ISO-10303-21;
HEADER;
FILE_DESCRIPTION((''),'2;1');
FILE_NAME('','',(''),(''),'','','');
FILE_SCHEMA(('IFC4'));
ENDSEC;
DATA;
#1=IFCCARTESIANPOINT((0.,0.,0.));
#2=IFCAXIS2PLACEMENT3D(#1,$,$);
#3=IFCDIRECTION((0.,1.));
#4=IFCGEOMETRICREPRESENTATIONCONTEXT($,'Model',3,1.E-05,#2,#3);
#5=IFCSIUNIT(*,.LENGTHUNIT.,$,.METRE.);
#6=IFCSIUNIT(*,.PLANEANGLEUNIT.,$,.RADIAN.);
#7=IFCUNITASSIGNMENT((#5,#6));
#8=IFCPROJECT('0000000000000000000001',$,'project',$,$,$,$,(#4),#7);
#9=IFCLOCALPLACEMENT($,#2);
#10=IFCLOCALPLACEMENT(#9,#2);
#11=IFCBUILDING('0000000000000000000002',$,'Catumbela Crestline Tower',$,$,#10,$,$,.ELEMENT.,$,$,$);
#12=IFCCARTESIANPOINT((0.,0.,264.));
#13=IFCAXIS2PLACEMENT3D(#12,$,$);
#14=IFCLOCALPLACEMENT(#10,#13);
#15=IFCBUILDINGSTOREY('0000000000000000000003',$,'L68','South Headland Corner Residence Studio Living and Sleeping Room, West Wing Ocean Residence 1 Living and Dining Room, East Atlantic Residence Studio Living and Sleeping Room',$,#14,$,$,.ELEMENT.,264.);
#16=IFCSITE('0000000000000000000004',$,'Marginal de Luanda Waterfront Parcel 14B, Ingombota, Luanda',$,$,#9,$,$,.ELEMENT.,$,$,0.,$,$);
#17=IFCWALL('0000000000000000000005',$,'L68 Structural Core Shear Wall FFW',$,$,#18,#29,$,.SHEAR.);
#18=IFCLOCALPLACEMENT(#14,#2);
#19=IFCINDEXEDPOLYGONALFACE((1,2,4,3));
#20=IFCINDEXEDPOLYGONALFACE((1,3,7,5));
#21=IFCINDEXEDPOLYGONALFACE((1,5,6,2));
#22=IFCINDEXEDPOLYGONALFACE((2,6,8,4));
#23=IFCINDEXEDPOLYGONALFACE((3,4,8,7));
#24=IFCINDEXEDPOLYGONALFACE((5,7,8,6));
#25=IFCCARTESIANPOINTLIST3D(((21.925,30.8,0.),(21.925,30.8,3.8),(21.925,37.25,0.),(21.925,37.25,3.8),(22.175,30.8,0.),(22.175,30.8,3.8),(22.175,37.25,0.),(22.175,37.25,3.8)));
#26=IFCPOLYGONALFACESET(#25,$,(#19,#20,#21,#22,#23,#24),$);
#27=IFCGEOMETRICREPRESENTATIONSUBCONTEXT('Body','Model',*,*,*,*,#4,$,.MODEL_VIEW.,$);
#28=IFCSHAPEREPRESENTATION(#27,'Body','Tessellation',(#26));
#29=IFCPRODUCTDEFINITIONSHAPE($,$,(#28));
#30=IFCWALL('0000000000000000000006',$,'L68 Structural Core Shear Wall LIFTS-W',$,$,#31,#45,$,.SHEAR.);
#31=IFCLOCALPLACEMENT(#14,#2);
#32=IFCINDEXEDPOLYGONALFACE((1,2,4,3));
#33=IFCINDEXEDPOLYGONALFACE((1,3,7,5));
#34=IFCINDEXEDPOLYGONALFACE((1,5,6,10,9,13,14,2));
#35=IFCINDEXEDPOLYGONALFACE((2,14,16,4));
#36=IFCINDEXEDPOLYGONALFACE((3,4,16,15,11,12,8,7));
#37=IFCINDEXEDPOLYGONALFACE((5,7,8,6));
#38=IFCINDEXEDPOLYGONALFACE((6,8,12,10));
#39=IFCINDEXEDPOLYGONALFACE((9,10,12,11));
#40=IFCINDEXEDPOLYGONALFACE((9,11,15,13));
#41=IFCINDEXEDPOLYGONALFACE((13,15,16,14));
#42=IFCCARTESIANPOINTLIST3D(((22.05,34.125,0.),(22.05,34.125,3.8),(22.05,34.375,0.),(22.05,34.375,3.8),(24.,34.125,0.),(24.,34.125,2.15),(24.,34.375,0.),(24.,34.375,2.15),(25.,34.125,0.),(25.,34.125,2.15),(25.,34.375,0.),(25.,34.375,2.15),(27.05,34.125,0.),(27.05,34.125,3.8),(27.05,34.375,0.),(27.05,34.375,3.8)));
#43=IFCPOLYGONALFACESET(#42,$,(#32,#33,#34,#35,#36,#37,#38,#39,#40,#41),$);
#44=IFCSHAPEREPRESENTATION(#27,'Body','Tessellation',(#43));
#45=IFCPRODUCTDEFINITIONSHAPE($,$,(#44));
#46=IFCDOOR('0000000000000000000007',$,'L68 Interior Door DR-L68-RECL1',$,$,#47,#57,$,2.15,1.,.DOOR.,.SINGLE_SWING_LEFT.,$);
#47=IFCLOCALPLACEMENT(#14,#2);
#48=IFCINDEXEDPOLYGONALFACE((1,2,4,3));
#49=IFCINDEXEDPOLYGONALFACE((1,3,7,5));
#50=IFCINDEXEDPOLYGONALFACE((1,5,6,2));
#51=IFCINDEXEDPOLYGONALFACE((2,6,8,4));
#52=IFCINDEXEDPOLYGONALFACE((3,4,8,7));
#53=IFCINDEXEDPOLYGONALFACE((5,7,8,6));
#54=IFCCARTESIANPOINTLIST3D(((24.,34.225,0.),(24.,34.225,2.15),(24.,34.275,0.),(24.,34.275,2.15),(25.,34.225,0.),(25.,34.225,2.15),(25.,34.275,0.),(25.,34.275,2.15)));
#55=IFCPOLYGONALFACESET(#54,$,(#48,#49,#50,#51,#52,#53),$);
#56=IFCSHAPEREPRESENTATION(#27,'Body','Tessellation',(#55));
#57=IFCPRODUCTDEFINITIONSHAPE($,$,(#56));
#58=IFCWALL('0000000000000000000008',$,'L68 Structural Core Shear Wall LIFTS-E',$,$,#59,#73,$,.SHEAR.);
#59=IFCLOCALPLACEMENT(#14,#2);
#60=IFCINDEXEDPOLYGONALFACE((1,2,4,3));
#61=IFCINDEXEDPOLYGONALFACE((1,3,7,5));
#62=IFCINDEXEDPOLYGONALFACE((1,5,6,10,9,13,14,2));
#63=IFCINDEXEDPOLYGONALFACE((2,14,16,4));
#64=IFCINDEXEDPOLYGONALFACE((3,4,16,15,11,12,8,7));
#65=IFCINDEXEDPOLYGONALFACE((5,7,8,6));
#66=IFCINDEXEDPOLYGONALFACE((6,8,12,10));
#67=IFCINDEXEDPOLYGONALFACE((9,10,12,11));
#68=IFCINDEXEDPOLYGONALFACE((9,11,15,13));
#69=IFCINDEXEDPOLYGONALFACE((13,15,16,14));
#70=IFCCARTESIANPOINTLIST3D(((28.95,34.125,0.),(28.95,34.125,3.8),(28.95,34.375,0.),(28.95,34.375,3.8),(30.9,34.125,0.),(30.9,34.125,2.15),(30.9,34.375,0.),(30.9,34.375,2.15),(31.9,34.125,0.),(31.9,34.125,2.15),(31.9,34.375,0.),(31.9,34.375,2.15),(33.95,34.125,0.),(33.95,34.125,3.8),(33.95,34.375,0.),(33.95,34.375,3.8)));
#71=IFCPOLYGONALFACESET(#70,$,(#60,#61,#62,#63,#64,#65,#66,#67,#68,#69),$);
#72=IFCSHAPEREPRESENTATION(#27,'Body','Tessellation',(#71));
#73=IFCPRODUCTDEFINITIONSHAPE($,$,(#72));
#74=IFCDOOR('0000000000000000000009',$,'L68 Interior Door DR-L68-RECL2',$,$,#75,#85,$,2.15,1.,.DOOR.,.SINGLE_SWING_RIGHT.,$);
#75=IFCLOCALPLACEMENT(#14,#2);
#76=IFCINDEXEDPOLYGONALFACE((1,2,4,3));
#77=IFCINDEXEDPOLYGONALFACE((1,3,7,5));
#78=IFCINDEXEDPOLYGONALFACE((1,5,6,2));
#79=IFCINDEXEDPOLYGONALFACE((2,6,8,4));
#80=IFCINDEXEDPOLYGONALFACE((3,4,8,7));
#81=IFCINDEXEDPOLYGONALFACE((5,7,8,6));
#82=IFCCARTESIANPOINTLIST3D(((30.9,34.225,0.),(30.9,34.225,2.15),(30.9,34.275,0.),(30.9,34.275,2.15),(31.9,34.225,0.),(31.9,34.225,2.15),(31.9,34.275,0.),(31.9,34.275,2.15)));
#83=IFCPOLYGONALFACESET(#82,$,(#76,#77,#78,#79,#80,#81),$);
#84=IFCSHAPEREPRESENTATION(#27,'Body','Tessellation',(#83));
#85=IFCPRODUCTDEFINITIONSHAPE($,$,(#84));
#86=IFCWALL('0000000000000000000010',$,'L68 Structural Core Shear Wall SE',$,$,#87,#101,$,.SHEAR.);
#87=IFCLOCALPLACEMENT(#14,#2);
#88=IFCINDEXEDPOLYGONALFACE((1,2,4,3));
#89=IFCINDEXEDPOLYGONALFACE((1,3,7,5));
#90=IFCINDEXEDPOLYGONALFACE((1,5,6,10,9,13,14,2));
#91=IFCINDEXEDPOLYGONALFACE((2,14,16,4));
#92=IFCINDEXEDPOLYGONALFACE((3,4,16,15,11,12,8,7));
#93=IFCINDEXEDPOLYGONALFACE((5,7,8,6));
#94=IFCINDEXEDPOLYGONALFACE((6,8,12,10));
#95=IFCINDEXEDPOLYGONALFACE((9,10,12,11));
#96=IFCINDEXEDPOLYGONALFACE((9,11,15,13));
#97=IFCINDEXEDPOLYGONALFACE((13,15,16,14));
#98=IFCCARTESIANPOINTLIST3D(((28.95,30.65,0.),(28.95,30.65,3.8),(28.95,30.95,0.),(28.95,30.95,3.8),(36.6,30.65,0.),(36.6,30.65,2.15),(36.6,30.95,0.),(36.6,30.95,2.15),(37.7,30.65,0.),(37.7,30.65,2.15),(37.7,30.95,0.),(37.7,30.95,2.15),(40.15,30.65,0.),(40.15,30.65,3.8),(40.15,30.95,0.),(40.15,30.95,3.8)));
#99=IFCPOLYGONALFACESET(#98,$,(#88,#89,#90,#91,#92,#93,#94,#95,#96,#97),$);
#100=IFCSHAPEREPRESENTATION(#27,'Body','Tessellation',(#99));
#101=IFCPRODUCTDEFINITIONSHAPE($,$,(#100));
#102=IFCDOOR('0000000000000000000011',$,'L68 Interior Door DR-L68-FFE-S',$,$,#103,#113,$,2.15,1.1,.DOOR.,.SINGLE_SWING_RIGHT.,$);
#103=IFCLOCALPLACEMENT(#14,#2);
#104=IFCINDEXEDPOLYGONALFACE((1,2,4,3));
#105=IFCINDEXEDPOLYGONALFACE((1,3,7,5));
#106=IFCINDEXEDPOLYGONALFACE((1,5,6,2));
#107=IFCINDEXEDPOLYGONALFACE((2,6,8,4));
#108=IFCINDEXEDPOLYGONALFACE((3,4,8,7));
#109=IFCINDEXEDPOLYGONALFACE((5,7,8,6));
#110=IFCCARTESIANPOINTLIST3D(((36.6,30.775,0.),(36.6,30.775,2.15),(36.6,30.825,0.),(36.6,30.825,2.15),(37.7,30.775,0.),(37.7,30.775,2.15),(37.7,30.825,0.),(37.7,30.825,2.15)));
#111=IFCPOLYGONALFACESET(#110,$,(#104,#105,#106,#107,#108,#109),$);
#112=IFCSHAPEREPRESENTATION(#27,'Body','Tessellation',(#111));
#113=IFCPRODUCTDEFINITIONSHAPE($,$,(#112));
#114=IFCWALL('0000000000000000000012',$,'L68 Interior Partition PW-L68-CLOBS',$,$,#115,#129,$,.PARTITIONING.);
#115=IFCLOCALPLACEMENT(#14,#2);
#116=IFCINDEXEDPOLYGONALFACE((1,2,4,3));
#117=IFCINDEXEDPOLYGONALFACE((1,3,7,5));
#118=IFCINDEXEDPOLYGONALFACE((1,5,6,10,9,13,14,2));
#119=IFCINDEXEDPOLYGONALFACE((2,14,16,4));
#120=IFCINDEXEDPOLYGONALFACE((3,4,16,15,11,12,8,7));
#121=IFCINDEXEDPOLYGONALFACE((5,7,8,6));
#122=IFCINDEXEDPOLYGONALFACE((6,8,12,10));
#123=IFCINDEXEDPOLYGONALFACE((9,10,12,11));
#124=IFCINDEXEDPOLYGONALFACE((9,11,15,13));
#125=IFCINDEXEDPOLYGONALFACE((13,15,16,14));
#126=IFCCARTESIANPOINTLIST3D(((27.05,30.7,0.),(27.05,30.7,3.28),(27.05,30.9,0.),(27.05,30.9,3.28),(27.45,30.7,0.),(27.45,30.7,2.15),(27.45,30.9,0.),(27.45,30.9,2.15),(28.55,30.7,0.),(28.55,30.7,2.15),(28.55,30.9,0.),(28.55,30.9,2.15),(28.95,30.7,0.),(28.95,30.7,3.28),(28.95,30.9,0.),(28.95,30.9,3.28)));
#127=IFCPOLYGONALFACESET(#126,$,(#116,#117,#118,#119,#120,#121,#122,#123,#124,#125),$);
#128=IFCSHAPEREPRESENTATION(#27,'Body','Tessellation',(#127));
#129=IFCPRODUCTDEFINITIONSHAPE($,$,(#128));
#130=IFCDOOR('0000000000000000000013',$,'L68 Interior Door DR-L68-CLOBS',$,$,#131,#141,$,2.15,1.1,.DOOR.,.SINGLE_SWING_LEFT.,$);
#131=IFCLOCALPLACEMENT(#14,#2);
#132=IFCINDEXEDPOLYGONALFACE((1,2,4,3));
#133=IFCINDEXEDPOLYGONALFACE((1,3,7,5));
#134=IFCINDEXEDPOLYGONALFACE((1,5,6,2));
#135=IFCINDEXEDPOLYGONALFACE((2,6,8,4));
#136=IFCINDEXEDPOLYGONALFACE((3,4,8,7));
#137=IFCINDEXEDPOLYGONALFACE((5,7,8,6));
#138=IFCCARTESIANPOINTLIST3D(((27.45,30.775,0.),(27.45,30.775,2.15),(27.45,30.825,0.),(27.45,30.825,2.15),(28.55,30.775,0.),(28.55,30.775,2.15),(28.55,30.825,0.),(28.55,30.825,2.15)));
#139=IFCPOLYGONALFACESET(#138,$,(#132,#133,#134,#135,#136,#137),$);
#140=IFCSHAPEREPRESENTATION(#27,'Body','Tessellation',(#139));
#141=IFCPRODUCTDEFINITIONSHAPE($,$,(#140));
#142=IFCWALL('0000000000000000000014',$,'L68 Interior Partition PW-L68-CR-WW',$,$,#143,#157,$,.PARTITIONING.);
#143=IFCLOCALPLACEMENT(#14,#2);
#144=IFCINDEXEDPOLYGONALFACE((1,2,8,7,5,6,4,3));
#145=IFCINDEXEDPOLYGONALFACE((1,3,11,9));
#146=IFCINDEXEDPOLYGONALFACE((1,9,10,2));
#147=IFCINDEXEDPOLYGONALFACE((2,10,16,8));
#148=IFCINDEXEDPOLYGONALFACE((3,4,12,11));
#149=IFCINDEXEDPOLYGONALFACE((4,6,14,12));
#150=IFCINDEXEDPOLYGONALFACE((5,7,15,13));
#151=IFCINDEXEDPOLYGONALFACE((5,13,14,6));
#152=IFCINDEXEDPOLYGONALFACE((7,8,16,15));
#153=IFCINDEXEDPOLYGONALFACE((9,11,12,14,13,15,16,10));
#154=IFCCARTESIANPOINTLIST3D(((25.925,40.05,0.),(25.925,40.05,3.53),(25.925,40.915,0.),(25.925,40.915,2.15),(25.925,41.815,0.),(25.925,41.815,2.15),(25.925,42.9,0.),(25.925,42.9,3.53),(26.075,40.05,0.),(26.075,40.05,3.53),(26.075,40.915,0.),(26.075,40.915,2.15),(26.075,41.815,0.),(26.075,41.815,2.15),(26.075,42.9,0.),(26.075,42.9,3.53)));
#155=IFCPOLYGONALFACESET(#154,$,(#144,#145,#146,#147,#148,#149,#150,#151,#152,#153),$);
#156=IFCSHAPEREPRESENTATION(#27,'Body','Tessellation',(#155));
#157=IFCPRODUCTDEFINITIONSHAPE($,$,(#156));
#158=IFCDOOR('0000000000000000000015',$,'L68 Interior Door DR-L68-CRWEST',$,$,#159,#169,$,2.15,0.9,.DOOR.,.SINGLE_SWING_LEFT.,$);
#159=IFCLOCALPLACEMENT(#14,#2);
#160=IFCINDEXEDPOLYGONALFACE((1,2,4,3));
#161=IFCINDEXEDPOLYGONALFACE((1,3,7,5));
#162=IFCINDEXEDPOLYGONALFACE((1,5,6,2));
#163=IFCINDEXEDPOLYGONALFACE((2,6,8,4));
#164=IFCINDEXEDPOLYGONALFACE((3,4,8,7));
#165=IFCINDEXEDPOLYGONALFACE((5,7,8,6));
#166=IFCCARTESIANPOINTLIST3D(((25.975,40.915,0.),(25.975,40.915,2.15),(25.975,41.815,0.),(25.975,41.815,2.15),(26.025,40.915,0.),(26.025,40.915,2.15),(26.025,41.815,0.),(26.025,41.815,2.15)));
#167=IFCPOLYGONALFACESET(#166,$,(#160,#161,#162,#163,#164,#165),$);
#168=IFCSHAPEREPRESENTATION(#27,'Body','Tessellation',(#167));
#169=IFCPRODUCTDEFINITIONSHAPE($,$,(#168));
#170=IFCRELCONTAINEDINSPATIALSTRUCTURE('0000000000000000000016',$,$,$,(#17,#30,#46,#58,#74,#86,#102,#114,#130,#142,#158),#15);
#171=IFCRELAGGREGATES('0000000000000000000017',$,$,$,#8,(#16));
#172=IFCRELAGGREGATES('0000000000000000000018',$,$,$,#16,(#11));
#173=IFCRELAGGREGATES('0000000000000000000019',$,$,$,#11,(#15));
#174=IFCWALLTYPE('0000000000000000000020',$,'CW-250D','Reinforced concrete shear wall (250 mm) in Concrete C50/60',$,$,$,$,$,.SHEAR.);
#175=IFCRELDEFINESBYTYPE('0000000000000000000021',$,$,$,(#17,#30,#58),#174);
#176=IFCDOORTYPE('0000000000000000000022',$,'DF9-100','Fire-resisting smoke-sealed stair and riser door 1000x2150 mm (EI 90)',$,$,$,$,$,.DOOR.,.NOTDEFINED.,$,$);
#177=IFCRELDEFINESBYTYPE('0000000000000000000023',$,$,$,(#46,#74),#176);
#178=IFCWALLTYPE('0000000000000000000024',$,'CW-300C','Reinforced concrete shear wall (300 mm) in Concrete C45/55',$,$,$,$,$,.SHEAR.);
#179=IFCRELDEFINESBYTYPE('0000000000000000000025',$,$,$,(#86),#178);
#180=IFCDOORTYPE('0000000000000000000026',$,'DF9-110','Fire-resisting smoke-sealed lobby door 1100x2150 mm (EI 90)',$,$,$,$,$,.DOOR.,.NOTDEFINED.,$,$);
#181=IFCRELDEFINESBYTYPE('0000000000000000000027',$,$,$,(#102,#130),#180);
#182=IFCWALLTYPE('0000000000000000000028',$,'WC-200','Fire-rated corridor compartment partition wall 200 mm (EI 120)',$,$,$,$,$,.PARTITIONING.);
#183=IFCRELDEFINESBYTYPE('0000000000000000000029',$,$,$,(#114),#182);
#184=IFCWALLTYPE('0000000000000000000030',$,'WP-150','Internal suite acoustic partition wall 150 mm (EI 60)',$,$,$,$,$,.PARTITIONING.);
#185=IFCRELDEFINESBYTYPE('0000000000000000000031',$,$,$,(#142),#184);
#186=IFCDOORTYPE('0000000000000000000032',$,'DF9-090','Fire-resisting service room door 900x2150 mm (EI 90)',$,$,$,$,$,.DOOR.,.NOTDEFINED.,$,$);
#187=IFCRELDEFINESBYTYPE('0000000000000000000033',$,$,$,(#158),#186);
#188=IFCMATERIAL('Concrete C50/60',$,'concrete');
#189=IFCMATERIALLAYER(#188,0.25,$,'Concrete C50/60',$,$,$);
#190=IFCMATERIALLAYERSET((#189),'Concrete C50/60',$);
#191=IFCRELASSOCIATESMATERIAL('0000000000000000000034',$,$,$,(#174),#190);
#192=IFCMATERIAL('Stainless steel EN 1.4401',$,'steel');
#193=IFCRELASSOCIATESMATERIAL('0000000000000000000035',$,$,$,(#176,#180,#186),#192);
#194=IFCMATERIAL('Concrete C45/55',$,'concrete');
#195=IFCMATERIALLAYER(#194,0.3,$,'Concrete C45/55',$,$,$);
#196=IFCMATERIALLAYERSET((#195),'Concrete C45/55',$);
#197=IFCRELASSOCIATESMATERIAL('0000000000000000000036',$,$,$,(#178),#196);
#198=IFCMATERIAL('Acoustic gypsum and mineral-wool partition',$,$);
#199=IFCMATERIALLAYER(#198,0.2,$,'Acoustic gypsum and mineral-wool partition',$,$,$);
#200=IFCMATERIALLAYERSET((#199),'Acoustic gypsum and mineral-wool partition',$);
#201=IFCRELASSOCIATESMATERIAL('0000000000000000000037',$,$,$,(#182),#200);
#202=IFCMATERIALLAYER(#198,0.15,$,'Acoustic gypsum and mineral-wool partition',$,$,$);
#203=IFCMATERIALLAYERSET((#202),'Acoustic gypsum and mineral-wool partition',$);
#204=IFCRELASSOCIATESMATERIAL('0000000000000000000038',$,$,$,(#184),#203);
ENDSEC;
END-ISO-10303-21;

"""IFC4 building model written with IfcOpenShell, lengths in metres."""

from ifc_helpers import new_model, si_unit, direction, frame, frame_2d, origin, place, context, subcontext, project, spatial, rectangle, extrude, material, layer, layer_set, type_object, element, fill, save


model = new_model("IFC4")

# Units and contexts
model_context = context("Model", 3, precision=1e-05, world=origin(), true_north=direction((0.0, 1.0)))
body_context = subcontext(model_context, "Body", "Model", "MODEL_VIEW")
ifc_project = project(units=[si_unit("LENGTHUNIT", "METRE"), si_unit("PLANEANGLEUNIT", "RADIAN")], contexts=[model_context])

# Site, building, storey
site_placement = place(None, origin())
site = spatial("IfcSite", under=ifc_project, at=site_placement, Name="Marginal de Luanda Waterfront Parcel 14B, Ingombota, Luanda", CompositionType="ELEMENT", RefElevation=0.0)
building_placement = place(site_placement, origin())
building = spatial("IfcBuilding", under=site, at=building_placement, Name="Catumbela Crestline Tower", CompositionType="ELEMENT")
storey_placement = place(building_placement, frame((0.0, 0.0, 264.0)))
storey = spatial("IfcBuildingStorey", under=building, at=storey_placement, Name="L68", Description="South Headland Corner Residence Studio Living and Sleeping Room, West Wing Ocean Residence 1 Living and Dining Room, East Atlantic Residence Studio Living and Sleeping Room", CompositionType="ELEMENT", Elevation=264.0)

# Wall
ifc_material_1 = material(Name="Concrete C50/60", Category="concrete")
ifc_layer_1 = layer(ifc_material_1, 0.25, Name="Concrete C50/60")
ifc_layer_set_1 = layer_set([ifc_layer_1], Name="Concrete C50/60")
wall_type_1 = type_object("IfcWallType", Name="CW-250D", Description="Reinforced concrete shear wall (250 mm) in Concrete C50/60", PredefinedType="SHEAR", material=ifc_layer_set_1)
wall_1_placement = place(storey_placement, frame((22.05, 30.8, 0.0), z_axis=(0.0, 0.0, 1.0), x_axis=(0.0, 1.0, 0.0)))
element("IfcWall", 1, at=wall_1_placement, inside=storey, type_object=wall_type_1, Name="L68 Structural Core Shear Wall FFW", PredefinedType="SHEAR", context=body_context, shape_type="SweptSolid", body=[
    extrude(rectangle(XDim=6.45, YDim=0.25, at=frame_2d((3.225, 0.0))), origin(), (0.0, 0.0, 1.0), 3.8),
])

# Walls, openings, doors
wall_2_placement = place(storey_placement, frame((22.05, 34.25, 0.0), z_axis=(0.0, 0.0, 1.0), x_axis=(1.0, 0.0, 0.0)))
wall_2 = element("IfcWall", 2, at=wall_2_placement, inside=storey, type_object=wall_type_1, Name="L68 Structural Core Shear Wall LIFTS-W", PredefinedType="SHEAR", context=body_context, shape_type="SweptSolid", body=[
    extrude(rectangle(XDim=5.0, YDim=0.25, at=frame_2d((2.5, 0.0))), origin(), (0.0, 0.0, 1.0), 3.8),
])
opening_1_placement = place(wall_2_placement, frame((1.95, 0.0, 0.0)))
opening_1 = element("IfcOpeningElement", 3, at=opening_1_placement, cuts=wall_2, PredefinedType="OPENING", context=body_context, shape_type="SweptSolid", body=[
    extrude(rectangle(XDim=1.0, YDim=2.15, at=frame_2d((0.5, 1.075))), frame((0.0, 0.135, 0.0), z_axis=(0.0, -1.0, 0.0), x_axis=(1.0, 0.0, 0.0)), (0.0, 0.0, 1.0), 0.27),
])
ifc_material_2 = material(Name="Stainless steel EN 1.4401", Category="steel")
door_type_1 = type_object("IfcDoorType", Name="DF9-100", Description="Fire-resisting smoke-sealed stair and riser door 1000x2150 mm (EI 90)", OperationType="NOTDEFINED", PredefinedType="DOOR", material=ifc_material_2)
door_1_placement = place(opening_1_placement, origin())
door_1 = element("IfcDoor", 4, at=door_1_placement, inside=storey, type_object=door_type_1, Name="L68 Interior Door DR-L68-RECL1", OperationType="SINGLE_SWING_LEFT", OverallHeight=2.15, OverallWidth=1.0, PredefinedType="DOOR", context=body_context, shape_type="SweptSolid", body=[
    extrude(rectangle(XDim=1.0, YDim=2.15, at=frame_2d((0.5, 1.075))), frame((0.0, 0.025, 0.0), z_axis=(0.0, -1.0, 0.0), x_axis=(1.0, 0.0, 0.0)), (0.0, 0.0, 1.0), 0.05),
])
fill(opening_1, door_1)
wall_3_placement = place(storey_placement, frame((28.95, 34.25, 0.0), z_axis=(0.0, 0.0, 1.0), x_axis=(1.0, 0.0, 0.0)))
wall_3 = element("IfcWall", 5, at=wall_3_placement, inside=storey, type_object=wall_type_1, Name="L68 Structural Core Shear Wall LIFTS-E", PredefinedType="SHEAR", context=body_context, shape_type="SweptSolid", body=[
    extrude(rectangle(XDim=5.0, YDim=0.25, at=frame_2d((2.5, 0.0))), origin(), (0.0, 0.0, 1.0), 3.8),
])
opening_2_placement = place(wall_3_placement, frame((1.95, 0.0, 0.0)))
opening_2 = element("IfcOpeningElement", 6, at=opening_2_placement, cuts=wall_3, PredefinedType="OPENING", context=body_context, shape_type="SweptSolid", body=[
    extrude(rectangle(XDim=1.0, YDim=2.15, at=frame_2d((0.5, 1.075))), frame((0.0, 0.135, 0.0), z_axis=(0.0, -1.0, 0.0), x_axis=(1.0, 0.0, 0.0)), (0.0, 0.0, 1.0), 0.27),
])
door_2_placement = place(opening_2_placement, origin())
door_2 = element("IfcDoor", 7, at=door_2_placement, inside=storey, type_object=door_type_1, Name="L68 Interior Door DR-L68-RECL2", OperationType="SINGLE_SWING_RIGHT", OverallHeight=2.15, OverallWidth=1.0, PredefinedType="DOOR", context=body_context, shape_type="SweptSolid", body=[
    extrude(rectangle(XDim=1.0, YDim=2.15, at=frame_2d((0.5, 1.075))), frame((0.0, 0.025, 0.0), z_axis=(0.0, -1.0, 0.0), x_axis=(1.0, 0.0, 0.0)), (0.0, 0.0, 1.0), 0.05),
])
fill(opening_2, door_2)
ifc_material_3 = material(Name="Concrete C45/55", Category="concrete")
ifc_layer_2 = layer(ifc_material_3, 0.3, Name="Concrete C45/55")
ifc_layer_set_2 = layer_set([ifc_layer_2], Name="Concrete C45/55")
wall_type_2 = type_object("IfcWallType", Name="CW-300C", Description="Reinforced concrete shear wall (300 mm) in Concrete C45/55", PredefinedType="SHEAR", material=ifc_layer_set_2)
wall_4_placement = place(storey_placement, frame((28.95, 30.8, 0.0), z_axis=(0.0, 0.0, 1.0), x_axis=(1.0, 0.0, 0.0)))
wall_4 = element("IfcWall", 8, at=wall_4_placement, inside=storey, type_object=wall_type_2, Name="L68 Structural Core Shear Wall SE", PredefinedType="SHEAR", context=body_context, shape_type="SweptSolid", body=[
    extrude(rectangle(XDim=11.2, YDim=0.3, at=frame_2d((5.6, 0.0))), origin(), (0.0, 0.0, 1.0), 3.8),
])
opening_3_placement = place(wall_4_placement, frame((7.65, 0.0, 0.0)))
opening_3 = element("IfcOpeningElement", 9, at=opening_3_placement, cuts=wall_4, PredefinedType="OPENING", context=body_context, shape_type="SweptSolid", body=[
    extrude(rectangle(XDim=1.1, YDim=2.15, at=frame_2d((0.55, 1.075))), frame((0.0, 0.16, 0.0), z_axis=(0.0, -1.0, 0.0), x_axis=(1.0, 0.0, 0.0)), (0.0, 0.0, 1.0), 0.32),
])
door_type_2 = type_object("IfcDoorType", Name="DF9-110", Description="Fire-resisting smoke-sealed lobby door 1100x2150 mm (EI 90)", OperationType="NOTDEFINED", PredefinedType="DOOR", material=ifc_material_2)
door_3_placement = place(opening_3_placement, origin())
door_3 = element("IfcDoor", 10, at=door_3_placement, inside=storey, type_object=door_type_2, Name="L68 Interior Door DR-L68-FFE-S", OperationType="SINGLE_SWING_RIGHT", OverallHeight=2.15, OverallWidth=1.1, PredefinedType="DOOR", context=body_context, shape_type="SweptSolid", body=[
    extrude(rectangle(XDim=1.1, YDim=2.15, at=frame_2d((0.55, 1.075))), frame((0.0, 0.025, 0.0), z_axis=(0.0, -1.0, 0.0), x_axis=(1.0, 0.0, 0.0)), (0.0, 0.0, 1.0), 0.05),
])
fill(opening_3, door_3)
ifc_material_4 = material(Name="Acoustic gypsum and mineral-wool partition")
ifc_layer_3 = layer(ifc_material_4, 0.2, Name="Acoustic gypsum and mineral-wool partition")
ifc_layer_set_3 = layer_set([ifc_layer_3], Name="Acoustic gypsum and mineral-wool partition")
wall_type_3 = type_object("IfcWallType", Name="WC-200", Description="Fire-rated corridor compartment partition wall 200 mm (EI 120)", PredefinedType="PARTITIONING", material=ifc_layer_set_3)
wall_5_placement = place(storey_placement, frame((27.05, 30.8, 0.0), z_axis=(0.0, 0.0, 1.0), x_axis=(1.0, 0.0, 0.0)))
wall_5 = element("IfcWall", 11, at=wall_5_placement, inside=storey, type_object=wall_type_3, Name="L68 Interior Partition PW-L68-CLOBS", PredefinedType="PARTITIONING", context=body_context, shape_type="SweptSolid", body=[
    extrude(rectangle(XDim=1.9, YDim=0.2, at=frame_2d((0.95, 0.0))), origin(), (0.0, 0.0, 1.0), 3.28),
])
opening_4_placement = place(wall_5_placement, frame((0.4, 0.0, 0.0)))
opening_4 = element("IfcOpeningElement", 12, at=opening_4_placement, cuts=wall_5, PredefinedType="OPENING", context=body_context, shape_type="SweptSolid", body=[
    extrude(rectangle(XDim=1.1, YDim=2.15, at=frame_2d((0.55, 1.075))), frame((0.0, 0.11, 0.0), z_axis=(0.0, -1.0, 0.0), x_axis=(1.0, 0.0, 0.0)), (0.0, 0.0, 1.0), 0.22),
])
door_4_placement = place(opening_4_placement, origin())
door_4 = element("IfcDoor", 13, at=door_4_placement, inside=storey, type_object=door_type_2, Name="L68 Interior Door DR-L68-CLOBS", OperationType="SINGLE_SWING_LEFT", OverallHeight=2.15, OverallWidth=1.1, PredefinedType="DOOR", context=body_context, shape_type="SweptSolid", body=[
    extrude(rectangle(XDim=1.1, YDim=2.15, at=frame_2d((0.55, 1.075))), frame((0.0, 0.025, 0.0), z_axis=(0.0, -1.0, 0.0), x_axis=(1.0, 0.0, 0.0)), (0.0, 0.0, 1.0), 0.05),
])
fill(opening_4, door_4)
ifc_layer_4 = layer(ifc_material_4, 0.15, Name="Acoustic gypsum and mineral-wool partition")
ifc_layer_set_4 = layer_set([ifc_layer_4], Name="Acoustic gypsum and mineral-wool partition")
wall_type_4 = type_object("IfcWallType", Name="WP-150", Description="Internal suite acoustic partition wall 150 mm (EI 60)", PredefinedType="PARTITIONING", material=ifc_layer_set_4)
wall_6_placement = place(storey_placement, frame((26.0, 40.05, 0.0), z_axis=(0.0, 0.0, 1.0), x_axis=(0.0, 1.0, 0.0)))
wall_6 = element("IfcWall", 14, at=wall_6_placement, inside=storey, type_object=wall_type_4, Name="L68 Interior Partition PW-L68-CR-WW", PredefinedType="PARTITIONING", context=body_context, shape_type="SweptSolid", body=[
    extrude(rectangle(XDim=2.85, YDim=0.15, at=frame_2d((1.425, 0.0))), origin(), (0.0, 0.0, 1.0), 3.53),
])
opening_5_placement = place(wall_6_placement, frame((0.865, 0.0, 0.0)))
opening_5 = element("IfcOpeningElement", 15, at=opening_5_placement, cuts=wall_6, PredefinedType="OPENING", context=body_context, shape_type="SweptSolid", body=[
    extrude(rectangle(XDim=0.9, YDim=2.15, at=frame_2d((0.45, 1.075))), frame((0.0, 0.085, 0.0), z_axis=(0.0, -1.0, 0.0), x_axis=(1.0, 0.0, 0.0)), (0.0, 0.0, 1.0), 0.17),
])
door_type_3 = type_object("IfcDoorType", Name="DF9-090", Description="Fire-resisting service room door 900x2150 mm (EI 90)", OperationType="NOTDEFINED", PredefinedType="DOOR", material=ifc_material_2)
door_5_placement = place(opening_5_placement, origin())
door_5 = element("IfcDoor", 16, at=door_5_placement, inside=storey, type_object=door_type_3, Name="L68 Interior Door DR-L68-CRWEST", OperationType="SINGLE_SWING_LEFT", OverallHeight=2.15, OverallWidth=0.9, PredefinedType="DOOR", context=body_context, shape_type="SweptSolid", body=[
    extrude(rectangle(XDim=0.9, YDim=2.15, at=frame_2d((0.45, 1.075))), frame((0.0, 0.025, 0.0), z_axis=(0.0, -1.0, 0.0), x_axis=(1.0, 0.0, 0.0)), (0.0, 0.0, 1.0), 0.05),
])
fill(opening_5, door_5)

save(model, "model.ifc")
